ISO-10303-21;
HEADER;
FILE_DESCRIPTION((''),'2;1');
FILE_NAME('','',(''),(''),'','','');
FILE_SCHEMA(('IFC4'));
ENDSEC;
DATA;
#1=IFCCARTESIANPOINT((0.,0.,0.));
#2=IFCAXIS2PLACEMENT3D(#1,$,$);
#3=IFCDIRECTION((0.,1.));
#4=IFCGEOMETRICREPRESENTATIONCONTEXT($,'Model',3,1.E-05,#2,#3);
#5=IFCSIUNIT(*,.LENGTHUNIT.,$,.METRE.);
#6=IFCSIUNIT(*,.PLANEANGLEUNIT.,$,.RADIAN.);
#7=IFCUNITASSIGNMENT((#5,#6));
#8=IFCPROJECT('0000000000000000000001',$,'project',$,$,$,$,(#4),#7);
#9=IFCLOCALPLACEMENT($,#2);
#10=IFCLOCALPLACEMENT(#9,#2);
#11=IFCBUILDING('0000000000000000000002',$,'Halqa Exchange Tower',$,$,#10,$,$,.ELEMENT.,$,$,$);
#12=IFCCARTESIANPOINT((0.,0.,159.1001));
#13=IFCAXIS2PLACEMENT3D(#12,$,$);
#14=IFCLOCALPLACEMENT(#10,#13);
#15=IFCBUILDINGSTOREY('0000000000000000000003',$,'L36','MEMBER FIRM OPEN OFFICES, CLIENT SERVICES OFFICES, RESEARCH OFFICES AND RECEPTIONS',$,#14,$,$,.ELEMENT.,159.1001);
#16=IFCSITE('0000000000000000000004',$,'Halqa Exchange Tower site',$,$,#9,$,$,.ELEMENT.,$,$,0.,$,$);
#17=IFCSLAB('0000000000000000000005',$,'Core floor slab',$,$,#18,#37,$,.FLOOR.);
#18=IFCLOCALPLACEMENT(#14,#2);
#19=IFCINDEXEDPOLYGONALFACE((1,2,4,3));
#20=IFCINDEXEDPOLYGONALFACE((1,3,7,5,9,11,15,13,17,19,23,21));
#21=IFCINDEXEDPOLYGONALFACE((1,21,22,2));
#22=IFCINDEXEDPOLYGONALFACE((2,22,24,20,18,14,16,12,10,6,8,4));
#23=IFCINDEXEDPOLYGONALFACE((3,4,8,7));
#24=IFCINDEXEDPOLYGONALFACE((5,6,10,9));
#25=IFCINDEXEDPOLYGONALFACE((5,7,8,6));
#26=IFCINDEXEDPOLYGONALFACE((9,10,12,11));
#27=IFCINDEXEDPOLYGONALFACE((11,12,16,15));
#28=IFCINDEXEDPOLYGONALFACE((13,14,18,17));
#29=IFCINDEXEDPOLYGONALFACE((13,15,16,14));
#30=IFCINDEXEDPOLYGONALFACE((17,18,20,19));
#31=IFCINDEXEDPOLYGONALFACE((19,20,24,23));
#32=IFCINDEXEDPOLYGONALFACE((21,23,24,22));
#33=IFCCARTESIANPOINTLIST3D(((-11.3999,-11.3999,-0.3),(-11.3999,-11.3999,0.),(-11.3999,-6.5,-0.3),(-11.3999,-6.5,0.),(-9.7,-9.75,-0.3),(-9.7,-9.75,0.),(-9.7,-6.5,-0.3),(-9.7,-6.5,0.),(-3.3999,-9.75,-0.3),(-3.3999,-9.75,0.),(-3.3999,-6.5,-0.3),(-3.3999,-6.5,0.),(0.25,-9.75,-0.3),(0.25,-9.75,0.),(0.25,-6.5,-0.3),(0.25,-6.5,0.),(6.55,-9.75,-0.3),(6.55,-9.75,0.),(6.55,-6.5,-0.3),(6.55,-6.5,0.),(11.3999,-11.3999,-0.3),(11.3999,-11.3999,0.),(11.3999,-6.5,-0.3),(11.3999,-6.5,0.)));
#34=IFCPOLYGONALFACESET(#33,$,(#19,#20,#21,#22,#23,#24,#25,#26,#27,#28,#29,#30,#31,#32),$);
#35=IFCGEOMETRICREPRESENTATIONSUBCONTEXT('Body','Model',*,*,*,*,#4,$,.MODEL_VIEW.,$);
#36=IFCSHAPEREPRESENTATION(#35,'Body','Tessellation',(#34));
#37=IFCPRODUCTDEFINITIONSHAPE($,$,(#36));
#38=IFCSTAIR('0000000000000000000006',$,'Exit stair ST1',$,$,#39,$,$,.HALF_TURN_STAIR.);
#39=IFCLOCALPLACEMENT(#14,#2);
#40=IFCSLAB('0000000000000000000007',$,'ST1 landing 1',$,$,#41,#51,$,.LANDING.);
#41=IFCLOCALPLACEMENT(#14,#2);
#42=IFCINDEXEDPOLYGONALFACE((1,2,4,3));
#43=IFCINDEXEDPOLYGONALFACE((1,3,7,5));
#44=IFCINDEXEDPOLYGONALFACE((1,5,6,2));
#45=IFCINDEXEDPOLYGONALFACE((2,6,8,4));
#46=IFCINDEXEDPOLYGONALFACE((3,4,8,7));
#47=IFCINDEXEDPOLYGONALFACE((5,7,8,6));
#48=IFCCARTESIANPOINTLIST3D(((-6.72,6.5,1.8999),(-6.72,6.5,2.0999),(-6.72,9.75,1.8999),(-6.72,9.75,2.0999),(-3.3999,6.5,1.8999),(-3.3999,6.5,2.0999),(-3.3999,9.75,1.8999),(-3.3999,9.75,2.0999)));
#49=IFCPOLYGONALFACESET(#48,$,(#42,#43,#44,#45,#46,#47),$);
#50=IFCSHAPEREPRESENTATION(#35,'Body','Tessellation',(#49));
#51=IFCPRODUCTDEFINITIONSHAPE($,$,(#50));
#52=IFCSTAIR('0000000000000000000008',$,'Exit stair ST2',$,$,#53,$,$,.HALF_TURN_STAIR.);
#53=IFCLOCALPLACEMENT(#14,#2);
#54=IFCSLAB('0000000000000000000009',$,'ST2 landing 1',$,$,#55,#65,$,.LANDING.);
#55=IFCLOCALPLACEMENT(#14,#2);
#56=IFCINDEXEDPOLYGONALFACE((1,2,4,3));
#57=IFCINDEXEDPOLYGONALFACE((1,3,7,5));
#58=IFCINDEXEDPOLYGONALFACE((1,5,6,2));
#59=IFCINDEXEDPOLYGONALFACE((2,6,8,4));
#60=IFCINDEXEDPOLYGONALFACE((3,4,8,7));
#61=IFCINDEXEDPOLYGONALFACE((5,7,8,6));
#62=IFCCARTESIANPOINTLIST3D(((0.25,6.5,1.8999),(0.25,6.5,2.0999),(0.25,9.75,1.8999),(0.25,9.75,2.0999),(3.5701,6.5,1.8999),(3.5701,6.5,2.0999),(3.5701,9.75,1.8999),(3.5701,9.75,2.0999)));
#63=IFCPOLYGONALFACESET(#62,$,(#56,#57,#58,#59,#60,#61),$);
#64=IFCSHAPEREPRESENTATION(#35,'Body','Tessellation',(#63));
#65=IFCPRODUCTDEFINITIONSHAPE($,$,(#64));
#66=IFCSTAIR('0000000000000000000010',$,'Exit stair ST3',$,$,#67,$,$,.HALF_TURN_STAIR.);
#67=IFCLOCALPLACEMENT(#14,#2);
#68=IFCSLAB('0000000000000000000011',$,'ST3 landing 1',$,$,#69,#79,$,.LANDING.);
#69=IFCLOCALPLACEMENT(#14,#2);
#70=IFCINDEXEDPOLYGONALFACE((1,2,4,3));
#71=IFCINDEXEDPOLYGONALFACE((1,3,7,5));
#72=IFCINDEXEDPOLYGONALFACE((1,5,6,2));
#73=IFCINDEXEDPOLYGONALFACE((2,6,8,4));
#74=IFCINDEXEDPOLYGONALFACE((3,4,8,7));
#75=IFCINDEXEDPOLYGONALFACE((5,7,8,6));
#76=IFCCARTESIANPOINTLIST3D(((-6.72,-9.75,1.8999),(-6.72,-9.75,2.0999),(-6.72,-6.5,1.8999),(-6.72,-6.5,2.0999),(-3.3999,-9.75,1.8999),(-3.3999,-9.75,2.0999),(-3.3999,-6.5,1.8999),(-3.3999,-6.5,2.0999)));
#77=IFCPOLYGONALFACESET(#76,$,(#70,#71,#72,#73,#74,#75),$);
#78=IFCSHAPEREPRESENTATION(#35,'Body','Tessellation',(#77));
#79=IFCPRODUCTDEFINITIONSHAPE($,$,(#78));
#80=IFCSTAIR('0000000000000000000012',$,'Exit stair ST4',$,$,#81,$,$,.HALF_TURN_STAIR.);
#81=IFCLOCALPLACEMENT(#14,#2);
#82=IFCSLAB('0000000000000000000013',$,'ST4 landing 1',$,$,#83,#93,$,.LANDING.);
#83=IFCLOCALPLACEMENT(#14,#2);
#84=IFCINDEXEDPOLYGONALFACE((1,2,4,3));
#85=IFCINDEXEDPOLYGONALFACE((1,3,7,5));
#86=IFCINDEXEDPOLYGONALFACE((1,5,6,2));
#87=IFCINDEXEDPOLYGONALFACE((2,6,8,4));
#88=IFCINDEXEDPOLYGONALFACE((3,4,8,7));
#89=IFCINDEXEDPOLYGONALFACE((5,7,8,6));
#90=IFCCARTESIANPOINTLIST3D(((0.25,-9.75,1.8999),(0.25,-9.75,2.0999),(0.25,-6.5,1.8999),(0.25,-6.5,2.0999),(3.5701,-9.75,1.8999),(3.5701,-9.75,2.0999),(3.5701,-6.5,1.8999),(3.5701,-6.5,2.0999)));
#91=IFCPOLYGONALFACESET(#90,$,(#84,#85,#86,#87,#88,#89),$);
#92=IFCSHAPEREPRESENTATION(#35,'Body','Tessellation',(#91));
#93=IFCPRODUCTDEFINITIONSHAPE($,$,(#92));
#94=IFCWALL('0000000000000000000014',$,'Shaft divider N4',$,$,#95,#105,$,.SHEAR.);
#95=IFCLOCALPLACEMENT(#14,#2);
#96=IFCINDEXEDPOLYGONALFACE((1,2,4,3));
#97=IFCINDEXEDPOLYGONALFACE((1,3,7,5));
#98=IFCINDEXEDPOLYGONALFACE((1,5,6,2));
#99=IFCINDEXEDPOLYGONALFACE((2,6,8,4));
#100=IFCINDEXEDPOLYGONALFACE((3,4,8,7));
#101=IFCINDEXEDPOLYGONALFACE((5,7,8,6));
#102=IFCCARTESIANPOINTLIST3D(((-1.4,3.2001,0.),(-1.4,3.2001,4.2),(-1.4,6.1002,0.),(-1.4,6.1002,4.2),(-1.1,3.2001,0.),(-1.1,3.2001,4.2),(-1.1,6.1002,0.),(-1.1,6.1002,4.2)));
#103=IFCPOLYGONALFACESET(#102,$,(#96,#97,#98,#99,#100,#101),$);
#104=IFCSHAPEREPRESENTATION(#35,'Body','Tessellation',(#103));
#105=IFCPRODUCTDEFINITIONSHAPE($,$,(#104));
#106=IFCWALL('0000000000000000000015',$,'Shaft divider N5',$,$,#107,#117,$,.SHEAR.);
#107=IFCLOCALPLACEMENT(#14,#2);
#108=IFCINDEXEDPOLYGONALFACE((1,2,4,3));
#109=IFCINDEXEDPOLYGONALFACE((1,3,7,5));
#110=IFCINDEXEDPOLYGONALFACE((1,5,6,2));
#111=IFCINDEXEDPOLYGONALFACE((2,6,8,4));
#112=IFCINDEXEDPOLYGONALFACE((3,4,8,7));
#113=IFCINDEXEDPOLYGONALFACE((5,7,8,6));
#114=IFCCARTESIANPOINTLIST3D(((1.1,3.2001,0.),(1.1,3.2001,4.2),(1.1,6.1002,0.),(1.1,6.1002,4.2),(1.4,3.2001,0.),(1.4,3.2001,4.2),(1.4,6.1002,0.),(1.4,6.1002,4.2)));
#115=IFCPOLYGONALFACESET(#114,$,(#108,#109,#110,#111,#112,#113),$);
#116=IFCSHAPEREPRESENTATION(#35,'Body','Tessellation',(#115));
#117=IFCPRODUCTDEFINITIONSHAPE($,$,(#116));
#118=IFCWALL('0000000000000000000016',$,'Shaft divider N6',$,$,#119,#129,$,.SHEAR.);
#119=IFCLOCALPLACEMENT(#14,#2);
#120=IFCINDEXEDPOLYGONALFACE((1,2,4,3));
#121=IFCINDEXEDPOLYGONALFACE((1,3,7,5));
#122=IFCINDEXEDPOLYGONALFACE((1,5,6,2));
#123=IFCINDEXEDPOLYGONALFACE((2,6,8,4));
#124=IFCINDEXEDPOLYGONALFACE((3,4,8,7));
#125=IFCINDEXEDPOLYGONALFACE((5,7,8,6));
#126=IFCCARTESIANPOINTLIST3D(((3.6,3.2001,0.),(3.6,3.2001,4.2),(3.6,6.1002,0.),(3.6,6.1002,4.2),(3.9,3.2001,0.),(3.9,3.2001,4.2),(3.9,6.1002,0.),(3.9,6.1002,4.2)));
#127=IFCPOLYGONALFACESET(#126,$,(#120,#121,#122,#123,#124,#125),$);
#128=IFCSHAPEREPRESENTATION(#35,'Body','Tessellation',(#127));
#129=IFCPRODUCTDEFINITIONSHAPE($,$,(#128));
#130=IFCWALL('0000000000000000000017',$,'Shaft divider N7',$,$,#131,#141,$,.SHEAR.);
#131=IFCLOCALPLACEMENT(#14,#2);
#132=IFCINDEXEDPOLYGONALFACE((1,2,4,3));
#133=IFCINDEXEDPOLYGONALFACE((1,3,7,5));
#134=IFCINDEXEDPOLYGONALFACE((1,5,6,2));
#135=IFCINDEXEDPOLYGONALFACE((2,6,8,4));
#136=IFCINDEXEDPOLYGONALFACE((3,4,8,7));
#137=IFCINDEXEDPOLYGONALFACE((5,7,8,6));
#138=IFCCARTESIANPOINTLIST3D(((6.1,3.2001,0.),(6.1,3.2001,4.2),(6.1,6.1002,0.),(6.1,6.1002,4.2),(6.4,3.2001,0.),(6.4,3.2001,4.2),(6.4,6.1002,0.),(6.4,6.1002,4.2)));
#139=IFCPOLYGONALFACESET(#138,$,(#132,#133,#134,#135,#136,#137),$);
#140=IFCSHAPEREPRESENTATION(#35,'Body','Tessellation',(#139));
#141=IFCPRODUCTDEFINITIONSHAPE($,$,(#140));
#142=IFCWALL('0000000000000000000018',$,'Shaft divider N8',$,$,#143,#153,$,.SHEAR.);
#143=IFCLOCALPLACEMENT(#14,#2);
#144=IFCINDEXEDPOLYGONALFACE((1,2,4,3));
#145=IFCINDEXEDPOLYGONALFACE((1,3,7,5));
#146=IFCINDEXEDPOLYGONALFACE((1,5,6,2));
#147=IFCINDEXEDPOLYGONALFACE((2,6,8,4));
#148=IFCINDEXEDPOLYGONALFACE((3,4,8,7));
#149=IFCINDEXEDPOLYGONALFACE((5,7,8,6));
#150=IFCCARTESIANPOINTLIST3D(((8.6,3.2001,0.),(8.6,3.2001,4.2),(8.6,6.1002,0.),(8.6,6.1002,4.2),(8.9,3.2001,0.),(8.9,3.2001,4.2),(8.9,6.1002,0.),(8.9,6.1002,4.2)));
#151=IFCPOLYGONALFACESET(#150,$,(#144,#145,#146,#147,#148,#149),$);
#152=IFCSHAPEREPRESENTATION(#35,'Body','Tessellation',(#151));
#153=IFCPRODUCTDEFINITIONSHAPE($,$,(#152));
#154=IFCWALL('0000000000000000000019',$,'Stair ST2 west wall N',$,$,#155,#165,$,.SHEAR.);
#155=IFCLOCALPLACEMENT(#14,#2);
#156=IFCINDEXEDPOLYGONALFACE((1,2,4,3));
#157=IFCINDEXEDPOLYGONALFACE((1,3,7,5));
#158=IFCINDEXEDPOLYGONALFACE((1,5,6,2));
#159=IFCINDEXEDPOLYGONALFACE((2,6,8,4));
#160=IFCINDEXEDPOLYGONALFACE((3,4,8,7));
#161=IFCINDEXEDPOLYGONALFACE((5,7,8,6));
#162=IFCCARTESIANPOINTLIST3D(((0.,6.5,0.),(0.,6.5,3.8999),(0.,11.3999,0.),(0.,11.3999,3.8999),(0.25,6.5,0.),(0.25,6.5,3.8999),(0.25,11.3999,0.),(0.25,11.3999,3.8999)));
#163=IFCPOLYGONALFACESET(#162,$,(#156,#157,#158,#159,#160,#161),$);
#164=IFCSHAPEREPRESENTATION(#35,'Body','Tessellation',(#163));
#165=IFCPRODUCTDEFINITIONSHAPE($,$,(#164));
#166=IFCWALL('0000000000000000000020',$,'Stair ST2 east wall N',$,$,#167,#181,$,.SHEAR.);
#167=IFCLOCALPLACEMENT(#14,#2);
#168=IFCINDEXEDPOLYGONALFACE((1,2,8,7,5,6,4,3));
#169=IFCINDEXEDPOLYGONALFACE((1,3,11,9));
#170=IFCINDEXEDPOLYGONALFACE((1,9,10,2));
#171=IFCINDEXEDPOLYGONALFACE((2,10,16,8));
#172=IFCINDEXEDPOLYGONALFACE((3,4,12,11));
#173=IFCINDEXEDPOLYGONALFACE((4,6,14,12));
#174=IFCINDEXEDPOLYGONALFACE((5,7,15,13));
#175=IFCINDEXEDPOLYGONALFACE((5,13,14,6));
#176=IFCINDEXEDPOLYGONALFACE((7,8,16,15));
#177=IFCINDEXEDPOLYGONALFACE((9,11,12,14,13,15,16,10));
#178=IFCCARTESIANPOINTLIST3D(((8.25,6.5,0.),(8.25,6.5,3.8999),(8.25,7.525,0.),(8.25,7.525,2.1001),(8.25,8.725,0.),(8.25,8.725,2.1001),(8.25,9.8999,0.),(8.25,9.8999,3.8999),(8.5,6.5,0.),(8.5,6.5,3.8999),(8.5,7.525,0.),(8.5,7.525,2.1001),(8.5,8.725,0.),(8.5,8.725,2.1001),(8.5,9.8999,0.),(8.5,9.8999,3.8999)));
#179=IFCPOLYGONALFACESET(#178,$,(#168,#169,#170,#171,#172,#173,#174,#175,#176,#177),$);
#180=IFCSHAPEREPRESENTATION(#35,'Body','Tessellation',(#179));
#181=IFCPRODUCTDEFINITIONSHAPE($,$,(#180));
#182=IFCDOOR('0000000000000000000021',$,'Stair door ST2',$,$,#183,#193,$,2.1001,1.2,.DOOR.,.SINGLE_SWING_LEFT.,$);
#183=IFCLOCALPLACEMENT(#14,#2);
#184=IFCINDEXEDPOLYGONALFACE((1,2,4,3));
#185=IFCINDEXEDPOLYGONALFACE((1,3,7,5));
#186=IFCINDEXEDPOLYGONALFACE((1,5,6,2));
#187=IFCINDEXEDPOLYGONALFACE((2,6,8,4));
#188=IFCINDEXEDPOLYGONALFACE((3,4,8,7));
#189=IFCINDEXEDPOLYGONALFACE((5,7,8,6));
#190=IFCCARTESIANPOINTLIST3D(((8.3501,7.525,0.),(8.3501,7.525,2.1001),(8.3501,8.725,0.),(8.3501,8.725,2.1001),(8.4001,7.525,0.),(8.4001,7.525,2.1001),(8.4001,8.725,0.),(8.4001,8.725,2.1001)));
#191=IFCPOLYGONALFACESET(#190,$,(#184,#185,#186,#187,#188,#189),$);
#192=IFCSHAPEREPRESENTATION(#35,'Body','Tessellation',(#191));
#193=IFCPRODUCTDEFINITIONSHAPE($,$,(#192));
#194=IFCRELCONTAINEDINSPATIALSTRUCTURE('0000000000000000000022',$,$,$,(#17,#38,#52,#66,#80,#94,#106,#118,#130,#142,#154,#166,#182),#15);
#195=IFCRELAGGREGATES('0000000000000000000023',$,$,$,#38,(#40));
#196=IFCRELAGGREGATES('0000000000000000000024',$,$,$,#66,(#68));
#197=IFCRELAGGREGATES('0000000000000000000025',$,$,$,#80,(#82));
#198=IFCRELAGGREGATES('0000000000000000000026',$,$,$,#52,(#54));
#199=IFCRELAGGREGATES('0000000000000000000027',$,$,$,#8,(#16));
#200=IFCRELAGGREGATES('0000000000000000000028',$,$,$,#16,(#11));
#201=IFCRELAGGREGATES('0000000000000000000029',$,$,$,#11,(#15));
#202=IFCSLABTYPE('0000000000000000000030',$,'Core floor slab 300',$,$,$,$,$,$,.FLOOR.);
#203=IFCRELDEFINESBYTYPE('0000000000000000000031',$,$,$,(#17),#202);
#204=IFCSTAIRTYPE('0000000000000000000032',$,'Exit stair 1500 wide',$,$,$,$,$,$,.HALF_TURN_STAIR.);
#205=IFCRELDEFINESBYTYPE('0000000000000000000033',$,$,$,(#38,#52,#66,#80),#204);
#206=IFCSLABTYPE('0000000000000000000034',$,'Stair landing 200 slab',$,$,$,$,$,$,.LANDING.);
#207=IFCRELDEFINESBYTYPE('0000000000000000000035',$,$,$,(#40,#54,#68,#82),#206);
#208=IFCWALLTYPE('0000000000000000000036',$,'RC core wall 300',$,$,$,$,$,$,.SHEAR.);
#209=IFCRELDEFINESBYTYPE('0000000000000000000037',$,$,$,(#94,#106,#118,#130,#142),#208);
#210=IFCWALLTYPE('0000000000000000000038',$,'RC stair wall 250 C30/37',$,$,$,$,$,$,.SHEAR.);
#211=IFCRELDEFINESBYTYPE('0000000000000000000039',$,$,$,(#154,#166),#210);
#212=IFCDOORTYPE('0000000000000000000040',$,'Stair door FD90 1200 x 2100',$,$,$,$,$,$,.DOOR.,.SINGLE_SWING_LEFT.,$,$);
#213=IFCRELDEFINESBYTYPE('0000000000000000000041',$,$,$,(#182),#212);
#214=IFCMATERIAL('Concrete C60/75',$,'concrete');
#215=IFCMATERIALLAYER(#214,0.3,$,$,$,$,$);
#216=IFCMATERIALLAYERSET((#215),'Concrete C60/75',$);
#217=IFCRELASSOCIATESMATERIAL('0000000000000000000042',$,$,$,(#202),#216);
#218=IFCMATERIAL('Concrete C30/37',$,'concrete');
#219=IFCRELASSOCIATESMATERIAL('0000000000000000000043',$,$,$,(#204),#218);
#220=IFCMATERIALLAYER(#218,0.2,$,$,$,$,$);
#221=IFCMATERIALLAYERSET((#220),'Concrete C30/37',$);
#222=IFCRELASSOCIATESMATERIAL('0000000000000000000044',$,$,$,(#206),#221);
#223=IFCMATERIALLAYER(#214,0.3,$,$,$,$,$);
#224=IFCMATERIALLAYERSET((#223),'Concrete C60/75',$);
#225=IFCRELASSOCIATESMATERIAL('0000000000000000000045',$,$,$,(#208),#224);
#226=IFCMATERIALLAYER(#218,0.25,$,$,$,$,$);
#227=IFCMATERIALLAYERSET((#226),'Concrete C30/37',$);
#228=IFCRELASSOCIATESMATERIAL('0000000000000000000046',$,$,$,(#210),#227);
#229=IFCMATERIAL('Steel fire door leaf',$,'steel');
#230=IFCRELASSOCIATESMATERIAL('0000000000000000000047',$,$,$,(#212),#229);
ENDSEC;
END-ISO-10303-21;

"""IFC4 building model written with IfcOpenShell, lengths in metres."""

from ifc_helpers import new_model, si_unit, direction, frame, frame_2d, origin, place, context, subcontext, project, spatial, polyline, rectangle, outline, extrude, material, layer, layer_set, type_object, element, fill, aggregate, save


model = new_model("IFC4")

# Units and contexts
model_context = context("Model", 3, precision=1e-05, world=origin(), true_north=direction((0.0, 1.0)))
body_context = subcontext(model_context, "Body", "Model", "MODEL_VIEW")
ifc_project = project(units=[si_unit("LENGTHUNIT", "METRE"), si_unit("PLANEANGLEUNIT", "RADIAN")], contexts=[model_context])

# Site, building, storey
site_placement = place(None, origin())
site = spatial("IfcSite", under=ifc_project, at=site_placement, Name="Halqa Exchange Tower site", CompositionType="ELEMENT", RefElevation=0.0)
building_placement = place(site_placement, origin())
building = spatial("IfcBuilding", under=site, at=building_placement, Name="Halqa Exchange Tower", CompositionType="ELEMENT")
storey_placement = place(building_placement, frame((0.0, 0.0, 159.1001)))
storey = spatial("IfcBuildingStorey", under=building, at=storey_placement, Name="L36", Description="MEMBER FIRM OPEN OFFICES, CLIENT SERVICES OFFICES, RESEARCH OFFICES AND RECEPTIONS", CompositionType="ELEMENT", Elevation=159.1001)

# Slab
ifc_material_1 = material(Name="Concrete C60/75", Category="concrete")
ifc_layer_1 = layer(ifc_material_1, 0.3)
ifc_layer_set_1 = layer_set([ifc_layer_1], Name="Concrete C60/75")
slab_type_1 = type_object("IfcSlabType", Name="Core floor slab 300", PredefinedType="FLOOR", material=ifc_layer_set_1)
slab_1_placement = place(storey_placement, frame((0.0, 0.0, -0.3)))
element("IfcSlab", 1, at=slab_1_placement, inside=storey, type_object=slab_type_1, Name="Core floor slab", PredefinedType="FLOOR", context=body_context, shape_type="SweptSolid", body=[
    extrude(outline(polyline([(-9.7, -9.75), (-3.3999, -9.75), (-3.3999, -6.5), (0.25, -6.5), (0.25, -9.75), (6.55, -9.75), (6.55, -6.5), (11.3999, -6.5), (11.3999, -11.3999), (-11.3999, -11.3999), (-11.3999, -6.5), (-9.7, -6.5), (-9.7, -9.75)])), origin(), (0.0, 0.0, 1.0), 0.3),
])

# Stairs, slabs
ifc_material_2 = material(Name="Concrete C30/37", Category="concrete")
stair_type = type_object("IfcStairType", Name="Exit stair 1500 wide", PredefinedType="HALF_TURN_STAIR", material=ifc_material_2)
stair_1_placement = place(storey_placement, origin())
stair_1 = element("IfcStair", 2, at=stair_1_placement, inside=storey, type_object=stair_type, Name="Exit stair ST1", PredefinedType="HALF_TURN_STAIR")
ifc_layer_2 = layer(ifc_material_2, 0.2)
ifc_layer_set_2 = layer_set([ifc_layer_2], Name="Concrete C30/37")
slab_type_2 = type_object("IfcSlabType", Name="Stair landing 200 slab", PredefinedType="LANDING", material=ifc_layer_set_2)
slab_2_placement = place(storey_placement, frame((0.0, 0.0, 1.8999)))
slab_2 = element("IfcSlab", 3, at=slab_2_placement, type_object=slab_type_2, Name="ST1 landing 1", PredefinedType="LANDING", context=body_context, shape_type="SweptSolid", body=[
    extrude(outline(polyline([(-6.72, 6.5), (-3.3999, 6.5), (-3.3999, 9.75), (-6.72, 9.75), (-6.72, 6.5)])), origin(), (0.0, 0.0, 1.0), 0.2),
])
aggregate(stair_1, [slab_2])
stair_2_placement = place(storey_placement, origin())
stair_2 = element("IfcStair", 4, at=stair_2_placement, inside=storey, type_object=stair_type, Name="Exit stair ST2", PredefinedType="HALF_TURN_STAIR")
slab_3_placement = place(storey_placement, frame((0.0, 0.0, 1.8999)))
slab_3 = element("IfcSlab", 5, at=slab_3_placement, type_object=slab_type_2, Name="ST2 landing 1", PredefinedType="LANDING", context=body_context, shape_type="SweptSolid", body=[
    extrude(outline(polyline([(0.25, 6.5), (3.5701, 6.5), (3.5701, 9.75), (0.25, 9.75), (0.25, 6.5)])), origin(), (0.0, 0.0, 1.0), 0.2),
])
stair_3_placement = place(storey_placement, origin())
stair_3 = element("IfcStair", 6, at=stair_3_placement, inside=storey, type_object=stair_type, Name="Exit stair ST3", PredefinedType="HALF_TURN_STAIR")
slab_4_placement = place(storey_placement, frame((0.0, 0.0, 1.8999)))
slab_4 = element("IfcSlab", 7, at=slab_4_placement, type_object=slab_type_2, Name="ST3 landing 1", PredefinedType="LANDING", context=body_context, shape_type="SweptSolid", body=[
    extrude(outline(polyline([(-6.72, -9.75), (-3.3999, -9.75), (-3.3999, -6.5), (-6.72, -6.5), (-6.72, -9.75)])), origin(), (0.0, 0.0, 1.0), 0.2),
])
aggregate(stair_3, [slab_4])
stair_4_placement = place(storey_placement, origin())
stair_4 = element("IfcStair", 8, at=stair_4_placement, inside=storey, type_object=stair_type, Name="Exit stair ST4", PredefinedType="HALF_TURN_STAIR")
slab_5_placement = place(storey_placement, frame((0.0, 0.0, 1.8999)))
slab_5 = element("IfcSlab", 9, at=slab_5_placement, type_object=slab_type_2, Name="ST4 landing 1", PredefinedType="LANDING", context=body_context, shape_type="SweptSolid", body=[
    extrude(outline(polyline([(0.25, -9.75), (3.5701, -9.75), (3.5701, -6.5), (0.25, -6.5), (0.25, -9.75)])), origin(), (0.0, 0.0, 1.0), 0.2),
])
aggregate(stair_4, [slab_5])

# Walls
ifc_layer_3 = layer(ifc_material_1, 0.3)
ifc_layer_set_3 = layer_set([ifc_layer_3], Name="Concrete C60/75")
wall_type_1 = type_object("IfcWallType", Name="RC core wall 300", PredefinedType="SHEAR", material=ifc_layer_set_3)
for number, where, z_axis, x_axis, name in (
    (10, (-1.25, 3.2, 0.0), (0.0, 0.0, 1.0), (0.0, 1.0, 0.0), "Shaft divider N4"),
    (11, (1.25, 3.2, 0.0), (0.0, 0.0, 1.0), (0.0, 1.0, 0.0), "Shaft divider N5"),
    (12, (3.75, 3.2, 0.0), (0.0, 0.0, 1.0), (0.0, 1.0, 0.0), "Shaft divider N6"),
    (13, (6.25, 3.2, 0.0), (0.0, 0.0, 1.0), (0.0, 1.0, 0.0), "Shaft divider N7"),
    (14, (8.75, 3.2, 0.0), (0.0, 0.0, 1.0), (0.0, 1.0, 0.0), "Shaft divider N8"),
):
    element("IfcWall", number, at=place(storey_placement, frame(where, z_axis=z_axis, x_axis=x_axis)), inside=storey, type_object=wall_type_1, Name=name, PredefinedType="SHEAR", context=body_context, shape_type="SweptSolid", body=[
        extrude(rectangle(XDim=2.9001, YDim=0.3, at=frame_2d((1.4502, 0.0))), origin(), (0.0, 0.0, 1.0), 4.2),
    ])
ifc_layer_4 = layer(ifc_material_2, 0.25)
ifc_layer_set_4 = layer_set([ifc_layer_4], Name="Concrete C30/37")
wall_type_2 = type_object("IfcWallType", Name="RC stair wall 250 C30/37", PredefinedType="SHEAR", material=ifc_layer_set_4)
wall_1_placement = place(storey_placement, frame((0.125, 6.5, 0.0), z_axis=(0.0, 0.0, 1.0), x_axis=(0.0, 1.0, 0.0)))
element("IfcWall", 15, at=wall_1_placement, inside=storey, type_object=wall_type_2, Name="Stair ST2 west wall N", PredefinedType="SHEAR", context=body_context, shape_type="SweptSolid", body=[
    extrude(rectangle(XDim=4.8999, YDim=0.25, at=frame_2d((2.45, 0.0))), origin(), (0.0, 0.0, 1.0), 3.8999),
])

# Wall, opening, door
wall_2_placement = place(storey_placement, frame((8.375, 6.5, 0.0), z_axis=(0.0, 0.0, 1.0), x_axis=(0.0, 1.0, 0.0)))
wall_2 = element("IfcWall", 16, at=wall_2_placement, inside=storey, type_object=wall_type_2, Name="Stair ST2 east wall N", PredefinedType="SHEAR", context=body_context, shape_type="SweptSolid", body=[
    extrude(rectangle(XDim=3.3999, YDim=0.25, at=frame_2d((1.7, 0.0))), origin(), (0.0, 0.0, 1.0), 3.8999),
])
opening_placement = place(wall_2_placement, frame((1.0249, 0.0, 0.0)))
opening = element("IfcOpeningElement", 17, at=opening_placement, cuts=wall_2, PredefinedType="OPENING", context=body_context, shape_type="SweptSolid", body=[
    extrude(rectangle(XDim=1.2, YDim=2.1001, at=frame_2d((0.6001, 1.05))), frame((0.0, 0.137, 0.0), z_axis=(0.0, -1.0, 0.0), x_axis=(1.0, 0.0, 0.0)), (0.0, 0.0, 1.0), 0.2739),
])
ifc_material_3 = material(Name="Steel fire door leaf", Category="steel")
door_type = type_object("IfcDoorType", Name="Stair door FD90 1200 x 2100", OperationType="SINGLE_SWING_LEFT", PredefinedType="DOOR", material=ifc_material_3)
door_placement = place(opening_placement, origin())
door = element("IfcDoor", 18, at=door_placement, inside=storey, type_object=door_type, Name="Stair door ST2", OperationType="SINGLE_SWING_LEFT", OverallHeight=2.1001, OverallWidth=1.2, PredefinedType="DOOR", context=body_context, shape_type="SweptSolid", body=[
    extrude(rectangle(XDim=1.2, YDim=2.1001, at=frame_2d((0.6001, 1.05))), frame((0.0, 0.0249, 0.0), z_axis=(0.0, -1.0, 0.0), x_axis=(1.0, 0.0, 0.0)), (0.0, 0.0, 1.0), 0.05),
])
fill(opening, door)

aggregate(stair_2, [slab_3])

save(model, "model.ifc")
